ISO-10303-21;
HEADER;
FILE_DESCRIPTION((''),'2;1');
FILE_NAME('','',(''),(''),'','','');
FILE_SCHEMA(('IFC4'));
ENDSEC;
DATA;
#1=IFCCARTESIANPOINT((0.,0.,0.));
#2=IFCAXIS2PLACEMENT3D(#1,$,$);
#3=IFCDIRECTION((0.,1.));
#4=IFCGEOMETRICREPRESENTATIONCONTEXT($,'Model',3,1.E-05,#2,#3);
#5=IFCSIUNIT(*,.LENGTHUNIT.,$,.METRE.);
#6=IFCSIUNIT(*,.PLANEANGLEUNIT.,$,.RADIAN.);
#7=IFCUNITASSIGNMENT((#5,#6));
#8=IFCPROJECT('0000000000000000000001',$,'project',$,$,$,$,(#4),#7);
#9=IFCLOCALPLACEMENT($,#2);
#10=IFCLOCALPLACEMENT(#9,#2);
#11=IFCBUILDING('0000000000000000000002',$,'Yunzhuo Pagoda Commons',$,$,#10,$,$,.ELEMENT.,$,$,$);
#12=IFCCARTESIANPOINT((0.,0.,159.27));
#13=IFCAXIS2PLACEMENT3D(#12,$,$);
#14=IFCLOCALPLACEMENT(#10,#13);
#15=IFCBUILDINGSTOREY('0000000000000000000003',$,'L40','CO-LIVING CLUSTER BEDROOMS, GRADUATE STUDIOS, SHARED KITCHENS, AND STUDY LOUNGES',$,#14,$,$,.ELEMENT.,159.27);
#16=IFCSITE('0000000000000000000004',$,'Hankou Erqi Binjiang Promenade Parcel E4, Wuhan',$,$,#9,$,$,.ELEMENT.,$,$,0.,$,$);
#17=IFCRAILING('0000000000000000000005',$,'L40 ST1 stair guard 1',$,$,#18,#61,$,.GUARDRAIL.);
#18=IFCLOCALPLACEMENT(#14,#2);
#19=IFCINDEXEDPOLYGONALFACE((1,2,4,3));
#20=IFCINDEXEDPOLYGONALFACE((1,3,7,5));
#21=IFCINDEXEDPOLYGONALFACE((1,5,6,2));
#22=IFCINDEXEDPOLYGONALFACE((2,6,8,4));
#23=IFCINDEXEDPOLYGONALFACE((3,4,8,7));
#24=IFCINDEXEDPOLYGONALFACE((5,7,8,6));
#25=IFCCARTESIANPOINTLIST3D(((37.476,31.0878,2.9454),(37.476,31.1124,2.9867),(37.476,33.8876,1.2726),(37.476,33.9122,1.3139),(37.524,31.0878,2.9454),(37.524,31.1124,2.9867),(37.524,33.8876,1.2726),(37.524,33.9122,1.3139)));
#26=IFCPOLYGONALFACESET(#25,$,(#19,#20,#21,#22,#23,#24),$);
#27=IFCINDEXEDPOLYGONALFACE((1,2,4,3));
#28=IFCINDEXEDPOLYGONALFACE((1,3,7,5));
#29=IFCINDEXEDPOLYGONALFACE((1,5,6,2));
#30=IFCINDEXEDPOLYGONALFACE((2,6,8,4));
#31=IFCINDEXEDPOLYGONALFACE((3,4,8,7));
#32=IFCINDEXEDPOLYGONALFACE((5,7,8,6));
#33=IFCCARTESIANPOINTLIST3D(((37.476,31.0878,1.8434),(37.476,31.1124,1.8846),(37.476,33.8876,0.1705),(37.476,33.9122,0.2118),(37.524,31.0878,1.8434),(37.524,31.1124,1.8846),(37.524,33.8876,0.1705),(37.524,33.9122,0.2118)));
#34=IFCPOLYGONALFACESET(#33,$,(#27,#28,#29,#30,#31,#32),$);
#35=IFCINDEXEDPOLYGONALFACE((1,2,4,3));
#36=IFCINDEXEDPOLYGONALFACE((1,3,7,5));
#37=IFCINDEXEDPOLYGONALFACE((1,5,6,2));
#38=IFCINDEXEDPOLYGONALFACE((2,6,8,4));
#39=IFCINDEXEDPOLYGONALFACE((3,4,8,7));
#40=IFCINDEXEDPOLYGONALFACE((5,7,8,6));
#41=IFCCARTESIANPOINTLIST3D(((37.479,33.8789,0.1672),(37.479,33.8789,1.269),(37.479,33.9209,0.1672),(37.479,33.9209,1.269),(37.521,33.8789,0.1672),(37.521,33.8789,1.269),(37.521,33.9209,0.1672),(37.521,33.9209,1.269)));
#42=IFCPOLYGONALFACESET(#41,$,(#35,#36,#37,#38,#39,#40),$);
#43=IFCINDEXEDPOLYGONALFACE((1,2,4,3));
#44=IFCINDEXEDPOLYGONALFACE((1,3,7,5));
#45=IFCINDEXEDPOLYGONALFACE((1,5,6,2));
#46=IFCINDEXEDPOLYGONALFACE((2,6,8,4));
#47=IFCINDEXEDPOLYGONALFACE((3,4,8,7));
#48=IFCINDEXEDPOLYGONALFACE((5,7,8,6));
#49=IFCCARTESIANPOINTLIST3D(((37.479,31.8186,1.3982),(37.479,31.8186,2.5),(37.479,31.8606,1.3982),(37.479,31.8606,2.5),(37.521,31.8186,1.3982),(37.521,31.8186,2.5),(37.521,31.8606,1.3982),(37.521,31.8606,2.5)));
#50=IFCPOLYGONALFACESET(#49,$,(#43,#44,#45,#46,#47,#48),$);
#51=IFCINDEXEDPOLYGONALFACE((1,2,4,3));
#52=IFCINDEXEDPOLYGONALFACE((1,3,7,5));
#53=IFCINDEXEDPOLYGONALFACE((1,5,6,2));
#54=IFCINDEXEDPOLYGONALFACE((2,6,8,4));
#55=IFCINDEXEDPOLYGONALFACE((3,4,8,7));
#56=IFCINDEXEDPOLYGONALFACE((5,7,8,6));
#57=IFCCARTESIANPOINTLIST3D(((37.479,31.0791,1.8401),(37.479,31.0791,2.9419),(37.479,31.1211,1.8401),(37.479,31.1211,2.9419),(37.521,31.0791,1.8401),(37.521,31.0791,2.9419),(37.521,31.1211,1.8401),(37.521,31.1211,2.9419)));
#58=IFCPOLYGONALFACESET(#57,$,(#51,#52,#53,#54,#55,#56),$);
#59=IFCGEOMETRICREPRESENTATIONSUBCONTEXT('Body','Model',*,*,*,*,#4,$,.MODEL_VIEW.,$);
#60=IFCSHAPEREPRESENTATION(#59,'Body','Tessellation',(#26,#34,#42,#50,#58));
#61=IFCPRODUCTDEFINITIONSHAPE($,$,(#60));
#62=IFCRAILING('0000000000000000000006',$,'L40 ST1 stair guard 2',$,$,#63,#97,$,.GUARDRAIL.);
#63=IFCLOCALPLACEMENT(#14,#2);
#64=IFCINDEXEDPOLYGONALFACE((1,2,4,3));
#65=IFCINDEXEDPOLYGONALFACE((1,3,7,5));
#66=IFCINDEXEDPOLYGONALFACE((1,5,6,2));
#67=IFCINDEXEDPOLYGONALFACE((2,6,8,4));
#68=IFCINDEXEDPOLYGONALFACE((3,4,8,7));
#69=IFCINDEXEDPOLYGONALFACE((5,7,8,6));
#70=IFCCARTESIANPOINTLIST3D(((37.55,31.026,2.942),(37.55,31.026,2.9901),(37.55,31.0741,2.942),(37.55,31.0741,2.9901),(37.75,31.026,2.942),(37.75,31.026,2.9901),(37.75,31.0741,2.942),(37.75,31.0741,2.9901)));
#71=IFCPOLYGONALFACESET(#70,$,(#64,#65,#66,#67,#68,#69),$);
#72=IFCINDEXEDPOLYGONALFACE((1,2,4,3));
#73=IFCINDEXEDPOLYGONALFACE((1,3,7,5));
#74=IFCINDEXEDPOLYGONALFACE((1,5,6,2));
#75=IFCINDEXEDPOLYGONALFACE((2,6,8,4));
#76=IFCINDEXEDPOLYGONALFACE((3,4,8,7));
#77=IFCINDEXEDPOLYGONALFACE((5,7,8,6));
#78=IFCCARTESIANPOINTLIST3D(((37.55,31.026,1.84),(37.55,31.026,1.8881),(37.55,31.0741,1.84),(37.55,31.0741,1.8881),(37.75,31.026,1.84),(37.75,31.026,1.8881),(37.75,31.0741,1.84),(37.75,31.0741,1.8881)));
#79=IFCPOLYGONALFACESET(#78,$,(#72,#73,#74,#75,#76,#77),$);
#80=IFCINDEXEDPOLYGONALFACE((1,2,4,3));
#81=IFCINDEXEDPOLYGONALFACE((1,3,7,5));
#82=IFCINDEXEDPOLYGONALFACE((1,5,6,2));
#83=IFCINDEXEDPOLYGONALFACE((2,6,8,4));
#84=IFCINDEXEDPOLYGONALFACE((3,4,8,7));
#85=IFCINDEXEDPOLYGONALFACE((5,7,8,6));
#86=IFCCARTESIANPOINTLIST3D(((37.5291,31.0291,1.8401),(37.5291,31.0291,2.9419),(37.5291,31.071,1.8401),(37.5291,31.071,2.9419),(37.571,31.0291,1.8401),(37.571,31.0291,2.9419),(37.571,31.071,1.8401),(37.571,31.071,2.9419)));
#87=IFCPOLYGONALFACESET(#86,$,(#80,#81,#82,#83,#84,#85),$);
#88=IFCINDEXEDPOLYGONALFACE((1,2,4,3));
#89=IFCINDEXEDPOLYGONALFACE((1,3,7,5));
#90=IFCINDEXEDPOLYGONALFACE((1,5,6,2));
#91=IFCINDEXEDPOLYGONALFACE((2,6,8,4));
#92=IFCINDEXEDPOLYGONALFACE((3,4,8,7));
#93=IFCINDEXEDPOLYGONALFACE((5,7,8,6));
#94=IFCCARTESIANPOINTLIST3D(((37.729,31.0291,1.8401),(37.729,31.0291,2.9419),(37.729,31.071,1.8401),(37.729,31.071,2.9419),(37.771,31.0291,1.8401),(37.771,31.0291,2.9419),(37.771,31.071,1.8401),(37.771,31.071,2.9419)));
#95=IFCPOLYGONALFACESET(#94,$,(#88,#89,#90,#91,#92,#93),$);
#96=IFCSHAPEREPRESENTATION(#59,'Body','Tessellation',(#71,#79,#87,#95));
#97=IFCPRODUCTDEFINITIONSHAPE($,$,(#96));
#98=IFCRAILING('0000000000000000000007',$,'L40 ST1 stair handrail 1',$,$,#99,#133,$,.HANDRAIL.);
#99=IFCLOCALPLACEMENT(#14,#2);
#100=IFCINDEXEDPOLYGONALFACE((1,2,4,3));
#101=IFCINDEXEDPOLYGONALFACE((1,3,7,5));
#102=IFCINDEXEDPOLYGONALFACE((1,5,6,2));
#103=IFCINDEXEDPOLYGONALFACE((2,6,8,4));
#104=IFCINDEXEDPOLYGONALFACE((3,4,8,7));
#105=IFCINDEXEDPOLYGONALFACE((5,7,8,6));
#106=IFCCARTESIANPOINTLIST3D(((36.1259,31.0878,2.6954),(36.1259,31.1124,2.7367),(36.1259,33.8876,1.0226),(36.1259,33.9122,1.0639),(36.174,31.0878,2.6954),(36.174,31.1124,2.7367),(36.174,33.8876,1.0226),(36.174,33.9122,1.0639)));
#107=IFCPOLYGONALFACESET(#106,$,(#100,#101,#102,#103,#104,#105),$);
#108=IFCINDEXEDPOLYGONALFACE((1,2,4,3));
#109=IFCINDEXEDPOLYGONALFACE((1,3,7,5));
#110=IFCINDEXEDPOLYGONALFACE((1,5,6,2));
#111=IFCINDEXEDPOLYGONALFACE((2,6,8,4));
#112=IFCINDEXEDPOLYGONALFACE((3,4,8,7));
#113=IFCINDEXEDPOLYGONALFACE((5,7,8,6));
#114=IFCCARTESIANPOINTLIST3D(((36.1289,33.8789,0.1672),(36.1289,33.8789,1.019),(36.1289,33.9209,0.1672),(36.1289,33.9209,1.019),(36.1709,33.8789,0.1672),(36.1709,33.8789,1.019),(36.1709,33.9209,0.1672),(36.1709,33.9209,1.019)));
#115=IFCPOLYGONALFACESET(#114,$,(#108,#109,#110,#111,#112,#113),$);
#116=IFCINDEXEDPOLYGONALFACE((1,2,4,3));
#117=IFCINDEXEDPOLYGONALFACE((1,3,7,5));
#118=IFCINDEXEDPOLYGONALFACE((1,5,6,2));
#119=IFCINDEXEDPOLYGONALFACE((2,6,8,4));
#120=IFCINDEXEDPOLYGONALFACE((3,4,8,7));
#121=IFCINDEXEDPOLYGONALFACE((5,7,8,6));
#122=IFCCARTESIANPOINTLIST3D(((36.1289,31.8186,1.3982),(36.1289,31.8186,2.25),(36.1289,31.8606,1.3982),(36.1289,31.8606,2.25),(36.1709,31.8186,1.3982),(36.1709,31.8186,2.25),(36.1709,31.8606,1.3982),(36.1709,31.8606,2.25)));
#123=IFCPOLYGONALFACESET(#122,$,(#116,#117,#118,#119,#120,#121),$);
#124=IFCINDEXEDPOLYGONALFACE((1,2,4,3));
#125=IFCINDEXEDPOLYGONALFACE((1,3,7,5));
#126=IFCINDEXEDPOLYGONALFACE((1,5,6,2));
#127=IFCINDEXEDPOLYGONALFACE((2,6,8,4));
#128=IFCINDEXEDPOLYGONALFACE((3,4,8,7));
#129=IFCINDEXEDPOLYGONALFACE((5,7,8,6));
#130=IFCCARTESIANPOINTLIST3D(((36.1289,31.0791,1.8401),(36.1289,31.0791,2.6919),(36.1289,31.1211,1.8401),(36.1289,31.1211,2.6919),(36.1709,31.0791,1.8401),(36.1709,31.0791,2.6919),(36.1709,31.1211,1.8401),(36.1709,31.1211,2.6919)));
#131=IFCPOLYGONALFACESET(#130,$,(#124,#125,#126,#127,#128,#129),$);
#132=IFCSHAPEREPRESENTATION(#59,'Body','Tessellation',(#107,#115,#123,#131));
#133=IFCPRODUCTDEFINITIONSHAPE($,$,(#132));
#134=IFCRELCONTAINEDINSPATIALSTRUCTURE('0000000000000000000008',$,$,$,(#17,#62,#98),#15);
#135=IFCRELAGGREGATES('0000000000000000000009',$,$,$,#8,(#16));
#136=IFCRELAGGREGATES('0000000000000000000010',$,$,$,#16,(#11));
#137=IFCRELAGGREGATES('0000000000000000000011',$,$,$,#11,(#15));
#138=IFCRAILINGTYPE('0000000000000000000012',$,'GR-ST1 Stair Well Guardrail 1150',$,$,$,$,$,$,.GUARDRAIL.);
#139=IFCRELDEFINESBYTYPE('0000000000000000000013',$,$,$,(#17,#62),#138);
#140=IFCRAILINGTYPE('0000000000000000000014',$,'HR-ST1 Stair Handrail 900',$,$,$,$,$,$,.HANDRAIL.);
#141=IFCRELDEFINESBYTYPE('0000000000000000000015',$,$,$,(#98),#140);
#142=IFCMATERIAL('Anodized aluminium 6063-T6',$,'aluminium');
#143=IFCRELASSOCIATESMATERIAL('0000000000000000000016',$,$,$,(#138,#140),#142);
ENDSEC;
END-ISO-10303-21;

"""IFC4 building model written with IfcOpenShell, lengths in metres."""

from ifc_helpers import new_model, si_unit, direction, frame, origin, origin_2d, place, context, subcontext, project, spatial, rectangle, extrude, material, type_object, element, save


model = new_model("IFC4")

# Units and contexts
model_context = context("Model", 3, precision=1e-05, world=origin(), true_north=direction((0.0, 1.0)))
body_context = subcontext(model_context, "Body", "Model", "MODEL_VIEW")
ifc_project = project(units=[si_unit("LENGTHUNIT", "METRE"), si_unit("PLANEANGLEUNIT", "RADIAN")], contexts=[model_context])

# Site, building, storey
site_placement = place(None, origin())
site = spatial("IfcSite", under=ifc_project, at=site_placement, Name="Hankou Erqi Binjiang Promenade Parcel E4, Wuhan", CompositionType="ELEMENT", RefElevation=0.0)
building_placement = place(site_placement, origin())
building = spatial("IfcBuilding", under=site, at=building_placement, Name="Yunzhuo Pagoda Commons", CompositionType="ELEMENT")
storey_placement = place(building_placement, frame((0.0, 0.0, 159.27)))
storey = spatial("IfcBuildingStorey", under=building, at=storey_placement, Name="L40", Description="CO-LIVING CLUSTER BEDROOMS, GRADUATE STUDIOS, SHARED KITCHENS, AND STUDY LOUNGES", CompositionType="ELEMENT", Elevation=159.27)

# Railings
ifc_material_1 = material(Name="Anodized aluminium 6063-T6", Category="aluminium")
railing_type_1 = type_object("IfcRailingType", Name="GR-ST1 Stair Well Guardrail 1150", PredefinedType="GUARDRAIL", material=ifc_material_1)
railing_1_placement = place(storey_placement, frame((37.5, 33.8999, 0.1672)))
element("IfcRailing", 1, at=railing_1_placement, inside=storey, type_object=railing_type_1, Name="L40 ST1 stair guard 1", PredefinedType="GUARDRAIL", context=body_context, shape_type="SweptSolid", body=[
    extrude(rectangle(XDim=0.0481, YDim=0.0481, at=origin_2d()), frame((0.0, 0.0, 1.126), z_axis=(0.0, -0.858443, 0.51291), x_axis=(1.0, 0.0, 0.0)), (0.0, 0.0, 1.0), 3.2615),
    extrude(rectangle(XDim=0.0481, YDim=0.0481, at=origin_2d()), frame((0.0, 0.0, 0.0239), z_axis=(0.0, -0.858443, 0.51291), x_axis=(1.0, 0.0, 0.0)), (0.0, 0.0, 1.0), 3.2615),
    extrude(rectangle(XDim=0.042, YDim=0.042, at=origin_2d()), origin(), (0.0, 0.0, 1.0), 1.1018),
    extrude(rectangle(XDim=0.042, YDim=0.042, at=origin_2d()), frame((0.0, -2.0603, 1.231)), (0.0, 0.0, 1.0), 1.1018),
    extrude(rectangle(XDim=0.042, YDim=0.042, at=origin_2d()), frame((0.0, -2.7998, 1.6729)), (0.0, 0.0, 1.0), 1.1018),
])
railing_2_placement = place(storey_placement, frame((37.55, 31.05, 1.8401)))
element("IfcRailing", 2, at=railing_2_placement, inside=storey, type_object=railing_type_1, Name="L40 ST1 stair guard 2", PredefinedType="GUARDRAIL", context=body_context, shape_type="SweptSolid", body=[
    extrude(rectangle(XDim=0.0481, YDim=0.0481, at=origin_2d()), frame((0.0, 0.0, 1.126), z_axis=(1.0, 0.0, 0.0), x_axis=(0.0, 1.0, 0.0)), (0.0, 0.0, 1.0), 0.2),
    extrude(rectangle(XDim=0.0481, YDim=0.0481, at=origin_2d()), frame((0.0, 0.0, 0.0239), z_axis=(1.0, 0.0, 0.0), x_axis=(0.0, 1.0, 0.0)), (0.0, 0.0, 1.0), 0.2),
    extrude(rectangle(XDim=0.042, YDim=0.042, at=origin_2d()), origin(), (0.0, 0.0, 1.0), 1.1018),
    extrude(rectangle(XDim=0.042, YDim=0.042, at=origin_2d()), frame((0.2, 0.0, 0.0)), (0.0, 0.0, 1.0), 1.1018),
])
railing_type_2 = type_object("IfcRailingType", Name="HR-ST1 Stair Handrail 900", PredefinedType="HANDRAIL", material=ifc_material_1)
railing_3_placement = place(storey_placement, frame((36.1499, 33.8999, 0.1672)))
element("IfcRailing", 3, at=railing_3_placement, inside=storey, type_object=railing_type_2, Name="L40 ST1 stair handrail 1", PredefinedType="HANDRAIL", context=body_context, shape_type="SweptSolid", body=[
    extrude(rectangle(XDim=0.0481, YDim=0.0481, at=origin_2d()), frame((0.0, 0.0, 0.876), z_axis=(0.0, -0.858443, 0.51291), x_axis=(1.0, 0.0, 0.0)), (0.0, 0.0, 1.0), 3.2615),
    extrude(rectangle(XDim=0.042, YDim=0.042, at=origin_2d()), origin(), (0.0, 0.0, 1.0), 0.8518),
    extrude(rectangle(XDim=0.042, YDim=0.042, at=origin_2d()), frame((0.0, -2.0603, 1.231)), (0.0, 0.0, 1.0), 0.8518),
    extrude(rectangle(XDim=0.042, YDim=0.042, at=origin_2d()), frame((0.0, -2.7998, 1.6729)), (0.0, 0.0, 1.0), 0.8518),
])

save(model, "model.ifc")
